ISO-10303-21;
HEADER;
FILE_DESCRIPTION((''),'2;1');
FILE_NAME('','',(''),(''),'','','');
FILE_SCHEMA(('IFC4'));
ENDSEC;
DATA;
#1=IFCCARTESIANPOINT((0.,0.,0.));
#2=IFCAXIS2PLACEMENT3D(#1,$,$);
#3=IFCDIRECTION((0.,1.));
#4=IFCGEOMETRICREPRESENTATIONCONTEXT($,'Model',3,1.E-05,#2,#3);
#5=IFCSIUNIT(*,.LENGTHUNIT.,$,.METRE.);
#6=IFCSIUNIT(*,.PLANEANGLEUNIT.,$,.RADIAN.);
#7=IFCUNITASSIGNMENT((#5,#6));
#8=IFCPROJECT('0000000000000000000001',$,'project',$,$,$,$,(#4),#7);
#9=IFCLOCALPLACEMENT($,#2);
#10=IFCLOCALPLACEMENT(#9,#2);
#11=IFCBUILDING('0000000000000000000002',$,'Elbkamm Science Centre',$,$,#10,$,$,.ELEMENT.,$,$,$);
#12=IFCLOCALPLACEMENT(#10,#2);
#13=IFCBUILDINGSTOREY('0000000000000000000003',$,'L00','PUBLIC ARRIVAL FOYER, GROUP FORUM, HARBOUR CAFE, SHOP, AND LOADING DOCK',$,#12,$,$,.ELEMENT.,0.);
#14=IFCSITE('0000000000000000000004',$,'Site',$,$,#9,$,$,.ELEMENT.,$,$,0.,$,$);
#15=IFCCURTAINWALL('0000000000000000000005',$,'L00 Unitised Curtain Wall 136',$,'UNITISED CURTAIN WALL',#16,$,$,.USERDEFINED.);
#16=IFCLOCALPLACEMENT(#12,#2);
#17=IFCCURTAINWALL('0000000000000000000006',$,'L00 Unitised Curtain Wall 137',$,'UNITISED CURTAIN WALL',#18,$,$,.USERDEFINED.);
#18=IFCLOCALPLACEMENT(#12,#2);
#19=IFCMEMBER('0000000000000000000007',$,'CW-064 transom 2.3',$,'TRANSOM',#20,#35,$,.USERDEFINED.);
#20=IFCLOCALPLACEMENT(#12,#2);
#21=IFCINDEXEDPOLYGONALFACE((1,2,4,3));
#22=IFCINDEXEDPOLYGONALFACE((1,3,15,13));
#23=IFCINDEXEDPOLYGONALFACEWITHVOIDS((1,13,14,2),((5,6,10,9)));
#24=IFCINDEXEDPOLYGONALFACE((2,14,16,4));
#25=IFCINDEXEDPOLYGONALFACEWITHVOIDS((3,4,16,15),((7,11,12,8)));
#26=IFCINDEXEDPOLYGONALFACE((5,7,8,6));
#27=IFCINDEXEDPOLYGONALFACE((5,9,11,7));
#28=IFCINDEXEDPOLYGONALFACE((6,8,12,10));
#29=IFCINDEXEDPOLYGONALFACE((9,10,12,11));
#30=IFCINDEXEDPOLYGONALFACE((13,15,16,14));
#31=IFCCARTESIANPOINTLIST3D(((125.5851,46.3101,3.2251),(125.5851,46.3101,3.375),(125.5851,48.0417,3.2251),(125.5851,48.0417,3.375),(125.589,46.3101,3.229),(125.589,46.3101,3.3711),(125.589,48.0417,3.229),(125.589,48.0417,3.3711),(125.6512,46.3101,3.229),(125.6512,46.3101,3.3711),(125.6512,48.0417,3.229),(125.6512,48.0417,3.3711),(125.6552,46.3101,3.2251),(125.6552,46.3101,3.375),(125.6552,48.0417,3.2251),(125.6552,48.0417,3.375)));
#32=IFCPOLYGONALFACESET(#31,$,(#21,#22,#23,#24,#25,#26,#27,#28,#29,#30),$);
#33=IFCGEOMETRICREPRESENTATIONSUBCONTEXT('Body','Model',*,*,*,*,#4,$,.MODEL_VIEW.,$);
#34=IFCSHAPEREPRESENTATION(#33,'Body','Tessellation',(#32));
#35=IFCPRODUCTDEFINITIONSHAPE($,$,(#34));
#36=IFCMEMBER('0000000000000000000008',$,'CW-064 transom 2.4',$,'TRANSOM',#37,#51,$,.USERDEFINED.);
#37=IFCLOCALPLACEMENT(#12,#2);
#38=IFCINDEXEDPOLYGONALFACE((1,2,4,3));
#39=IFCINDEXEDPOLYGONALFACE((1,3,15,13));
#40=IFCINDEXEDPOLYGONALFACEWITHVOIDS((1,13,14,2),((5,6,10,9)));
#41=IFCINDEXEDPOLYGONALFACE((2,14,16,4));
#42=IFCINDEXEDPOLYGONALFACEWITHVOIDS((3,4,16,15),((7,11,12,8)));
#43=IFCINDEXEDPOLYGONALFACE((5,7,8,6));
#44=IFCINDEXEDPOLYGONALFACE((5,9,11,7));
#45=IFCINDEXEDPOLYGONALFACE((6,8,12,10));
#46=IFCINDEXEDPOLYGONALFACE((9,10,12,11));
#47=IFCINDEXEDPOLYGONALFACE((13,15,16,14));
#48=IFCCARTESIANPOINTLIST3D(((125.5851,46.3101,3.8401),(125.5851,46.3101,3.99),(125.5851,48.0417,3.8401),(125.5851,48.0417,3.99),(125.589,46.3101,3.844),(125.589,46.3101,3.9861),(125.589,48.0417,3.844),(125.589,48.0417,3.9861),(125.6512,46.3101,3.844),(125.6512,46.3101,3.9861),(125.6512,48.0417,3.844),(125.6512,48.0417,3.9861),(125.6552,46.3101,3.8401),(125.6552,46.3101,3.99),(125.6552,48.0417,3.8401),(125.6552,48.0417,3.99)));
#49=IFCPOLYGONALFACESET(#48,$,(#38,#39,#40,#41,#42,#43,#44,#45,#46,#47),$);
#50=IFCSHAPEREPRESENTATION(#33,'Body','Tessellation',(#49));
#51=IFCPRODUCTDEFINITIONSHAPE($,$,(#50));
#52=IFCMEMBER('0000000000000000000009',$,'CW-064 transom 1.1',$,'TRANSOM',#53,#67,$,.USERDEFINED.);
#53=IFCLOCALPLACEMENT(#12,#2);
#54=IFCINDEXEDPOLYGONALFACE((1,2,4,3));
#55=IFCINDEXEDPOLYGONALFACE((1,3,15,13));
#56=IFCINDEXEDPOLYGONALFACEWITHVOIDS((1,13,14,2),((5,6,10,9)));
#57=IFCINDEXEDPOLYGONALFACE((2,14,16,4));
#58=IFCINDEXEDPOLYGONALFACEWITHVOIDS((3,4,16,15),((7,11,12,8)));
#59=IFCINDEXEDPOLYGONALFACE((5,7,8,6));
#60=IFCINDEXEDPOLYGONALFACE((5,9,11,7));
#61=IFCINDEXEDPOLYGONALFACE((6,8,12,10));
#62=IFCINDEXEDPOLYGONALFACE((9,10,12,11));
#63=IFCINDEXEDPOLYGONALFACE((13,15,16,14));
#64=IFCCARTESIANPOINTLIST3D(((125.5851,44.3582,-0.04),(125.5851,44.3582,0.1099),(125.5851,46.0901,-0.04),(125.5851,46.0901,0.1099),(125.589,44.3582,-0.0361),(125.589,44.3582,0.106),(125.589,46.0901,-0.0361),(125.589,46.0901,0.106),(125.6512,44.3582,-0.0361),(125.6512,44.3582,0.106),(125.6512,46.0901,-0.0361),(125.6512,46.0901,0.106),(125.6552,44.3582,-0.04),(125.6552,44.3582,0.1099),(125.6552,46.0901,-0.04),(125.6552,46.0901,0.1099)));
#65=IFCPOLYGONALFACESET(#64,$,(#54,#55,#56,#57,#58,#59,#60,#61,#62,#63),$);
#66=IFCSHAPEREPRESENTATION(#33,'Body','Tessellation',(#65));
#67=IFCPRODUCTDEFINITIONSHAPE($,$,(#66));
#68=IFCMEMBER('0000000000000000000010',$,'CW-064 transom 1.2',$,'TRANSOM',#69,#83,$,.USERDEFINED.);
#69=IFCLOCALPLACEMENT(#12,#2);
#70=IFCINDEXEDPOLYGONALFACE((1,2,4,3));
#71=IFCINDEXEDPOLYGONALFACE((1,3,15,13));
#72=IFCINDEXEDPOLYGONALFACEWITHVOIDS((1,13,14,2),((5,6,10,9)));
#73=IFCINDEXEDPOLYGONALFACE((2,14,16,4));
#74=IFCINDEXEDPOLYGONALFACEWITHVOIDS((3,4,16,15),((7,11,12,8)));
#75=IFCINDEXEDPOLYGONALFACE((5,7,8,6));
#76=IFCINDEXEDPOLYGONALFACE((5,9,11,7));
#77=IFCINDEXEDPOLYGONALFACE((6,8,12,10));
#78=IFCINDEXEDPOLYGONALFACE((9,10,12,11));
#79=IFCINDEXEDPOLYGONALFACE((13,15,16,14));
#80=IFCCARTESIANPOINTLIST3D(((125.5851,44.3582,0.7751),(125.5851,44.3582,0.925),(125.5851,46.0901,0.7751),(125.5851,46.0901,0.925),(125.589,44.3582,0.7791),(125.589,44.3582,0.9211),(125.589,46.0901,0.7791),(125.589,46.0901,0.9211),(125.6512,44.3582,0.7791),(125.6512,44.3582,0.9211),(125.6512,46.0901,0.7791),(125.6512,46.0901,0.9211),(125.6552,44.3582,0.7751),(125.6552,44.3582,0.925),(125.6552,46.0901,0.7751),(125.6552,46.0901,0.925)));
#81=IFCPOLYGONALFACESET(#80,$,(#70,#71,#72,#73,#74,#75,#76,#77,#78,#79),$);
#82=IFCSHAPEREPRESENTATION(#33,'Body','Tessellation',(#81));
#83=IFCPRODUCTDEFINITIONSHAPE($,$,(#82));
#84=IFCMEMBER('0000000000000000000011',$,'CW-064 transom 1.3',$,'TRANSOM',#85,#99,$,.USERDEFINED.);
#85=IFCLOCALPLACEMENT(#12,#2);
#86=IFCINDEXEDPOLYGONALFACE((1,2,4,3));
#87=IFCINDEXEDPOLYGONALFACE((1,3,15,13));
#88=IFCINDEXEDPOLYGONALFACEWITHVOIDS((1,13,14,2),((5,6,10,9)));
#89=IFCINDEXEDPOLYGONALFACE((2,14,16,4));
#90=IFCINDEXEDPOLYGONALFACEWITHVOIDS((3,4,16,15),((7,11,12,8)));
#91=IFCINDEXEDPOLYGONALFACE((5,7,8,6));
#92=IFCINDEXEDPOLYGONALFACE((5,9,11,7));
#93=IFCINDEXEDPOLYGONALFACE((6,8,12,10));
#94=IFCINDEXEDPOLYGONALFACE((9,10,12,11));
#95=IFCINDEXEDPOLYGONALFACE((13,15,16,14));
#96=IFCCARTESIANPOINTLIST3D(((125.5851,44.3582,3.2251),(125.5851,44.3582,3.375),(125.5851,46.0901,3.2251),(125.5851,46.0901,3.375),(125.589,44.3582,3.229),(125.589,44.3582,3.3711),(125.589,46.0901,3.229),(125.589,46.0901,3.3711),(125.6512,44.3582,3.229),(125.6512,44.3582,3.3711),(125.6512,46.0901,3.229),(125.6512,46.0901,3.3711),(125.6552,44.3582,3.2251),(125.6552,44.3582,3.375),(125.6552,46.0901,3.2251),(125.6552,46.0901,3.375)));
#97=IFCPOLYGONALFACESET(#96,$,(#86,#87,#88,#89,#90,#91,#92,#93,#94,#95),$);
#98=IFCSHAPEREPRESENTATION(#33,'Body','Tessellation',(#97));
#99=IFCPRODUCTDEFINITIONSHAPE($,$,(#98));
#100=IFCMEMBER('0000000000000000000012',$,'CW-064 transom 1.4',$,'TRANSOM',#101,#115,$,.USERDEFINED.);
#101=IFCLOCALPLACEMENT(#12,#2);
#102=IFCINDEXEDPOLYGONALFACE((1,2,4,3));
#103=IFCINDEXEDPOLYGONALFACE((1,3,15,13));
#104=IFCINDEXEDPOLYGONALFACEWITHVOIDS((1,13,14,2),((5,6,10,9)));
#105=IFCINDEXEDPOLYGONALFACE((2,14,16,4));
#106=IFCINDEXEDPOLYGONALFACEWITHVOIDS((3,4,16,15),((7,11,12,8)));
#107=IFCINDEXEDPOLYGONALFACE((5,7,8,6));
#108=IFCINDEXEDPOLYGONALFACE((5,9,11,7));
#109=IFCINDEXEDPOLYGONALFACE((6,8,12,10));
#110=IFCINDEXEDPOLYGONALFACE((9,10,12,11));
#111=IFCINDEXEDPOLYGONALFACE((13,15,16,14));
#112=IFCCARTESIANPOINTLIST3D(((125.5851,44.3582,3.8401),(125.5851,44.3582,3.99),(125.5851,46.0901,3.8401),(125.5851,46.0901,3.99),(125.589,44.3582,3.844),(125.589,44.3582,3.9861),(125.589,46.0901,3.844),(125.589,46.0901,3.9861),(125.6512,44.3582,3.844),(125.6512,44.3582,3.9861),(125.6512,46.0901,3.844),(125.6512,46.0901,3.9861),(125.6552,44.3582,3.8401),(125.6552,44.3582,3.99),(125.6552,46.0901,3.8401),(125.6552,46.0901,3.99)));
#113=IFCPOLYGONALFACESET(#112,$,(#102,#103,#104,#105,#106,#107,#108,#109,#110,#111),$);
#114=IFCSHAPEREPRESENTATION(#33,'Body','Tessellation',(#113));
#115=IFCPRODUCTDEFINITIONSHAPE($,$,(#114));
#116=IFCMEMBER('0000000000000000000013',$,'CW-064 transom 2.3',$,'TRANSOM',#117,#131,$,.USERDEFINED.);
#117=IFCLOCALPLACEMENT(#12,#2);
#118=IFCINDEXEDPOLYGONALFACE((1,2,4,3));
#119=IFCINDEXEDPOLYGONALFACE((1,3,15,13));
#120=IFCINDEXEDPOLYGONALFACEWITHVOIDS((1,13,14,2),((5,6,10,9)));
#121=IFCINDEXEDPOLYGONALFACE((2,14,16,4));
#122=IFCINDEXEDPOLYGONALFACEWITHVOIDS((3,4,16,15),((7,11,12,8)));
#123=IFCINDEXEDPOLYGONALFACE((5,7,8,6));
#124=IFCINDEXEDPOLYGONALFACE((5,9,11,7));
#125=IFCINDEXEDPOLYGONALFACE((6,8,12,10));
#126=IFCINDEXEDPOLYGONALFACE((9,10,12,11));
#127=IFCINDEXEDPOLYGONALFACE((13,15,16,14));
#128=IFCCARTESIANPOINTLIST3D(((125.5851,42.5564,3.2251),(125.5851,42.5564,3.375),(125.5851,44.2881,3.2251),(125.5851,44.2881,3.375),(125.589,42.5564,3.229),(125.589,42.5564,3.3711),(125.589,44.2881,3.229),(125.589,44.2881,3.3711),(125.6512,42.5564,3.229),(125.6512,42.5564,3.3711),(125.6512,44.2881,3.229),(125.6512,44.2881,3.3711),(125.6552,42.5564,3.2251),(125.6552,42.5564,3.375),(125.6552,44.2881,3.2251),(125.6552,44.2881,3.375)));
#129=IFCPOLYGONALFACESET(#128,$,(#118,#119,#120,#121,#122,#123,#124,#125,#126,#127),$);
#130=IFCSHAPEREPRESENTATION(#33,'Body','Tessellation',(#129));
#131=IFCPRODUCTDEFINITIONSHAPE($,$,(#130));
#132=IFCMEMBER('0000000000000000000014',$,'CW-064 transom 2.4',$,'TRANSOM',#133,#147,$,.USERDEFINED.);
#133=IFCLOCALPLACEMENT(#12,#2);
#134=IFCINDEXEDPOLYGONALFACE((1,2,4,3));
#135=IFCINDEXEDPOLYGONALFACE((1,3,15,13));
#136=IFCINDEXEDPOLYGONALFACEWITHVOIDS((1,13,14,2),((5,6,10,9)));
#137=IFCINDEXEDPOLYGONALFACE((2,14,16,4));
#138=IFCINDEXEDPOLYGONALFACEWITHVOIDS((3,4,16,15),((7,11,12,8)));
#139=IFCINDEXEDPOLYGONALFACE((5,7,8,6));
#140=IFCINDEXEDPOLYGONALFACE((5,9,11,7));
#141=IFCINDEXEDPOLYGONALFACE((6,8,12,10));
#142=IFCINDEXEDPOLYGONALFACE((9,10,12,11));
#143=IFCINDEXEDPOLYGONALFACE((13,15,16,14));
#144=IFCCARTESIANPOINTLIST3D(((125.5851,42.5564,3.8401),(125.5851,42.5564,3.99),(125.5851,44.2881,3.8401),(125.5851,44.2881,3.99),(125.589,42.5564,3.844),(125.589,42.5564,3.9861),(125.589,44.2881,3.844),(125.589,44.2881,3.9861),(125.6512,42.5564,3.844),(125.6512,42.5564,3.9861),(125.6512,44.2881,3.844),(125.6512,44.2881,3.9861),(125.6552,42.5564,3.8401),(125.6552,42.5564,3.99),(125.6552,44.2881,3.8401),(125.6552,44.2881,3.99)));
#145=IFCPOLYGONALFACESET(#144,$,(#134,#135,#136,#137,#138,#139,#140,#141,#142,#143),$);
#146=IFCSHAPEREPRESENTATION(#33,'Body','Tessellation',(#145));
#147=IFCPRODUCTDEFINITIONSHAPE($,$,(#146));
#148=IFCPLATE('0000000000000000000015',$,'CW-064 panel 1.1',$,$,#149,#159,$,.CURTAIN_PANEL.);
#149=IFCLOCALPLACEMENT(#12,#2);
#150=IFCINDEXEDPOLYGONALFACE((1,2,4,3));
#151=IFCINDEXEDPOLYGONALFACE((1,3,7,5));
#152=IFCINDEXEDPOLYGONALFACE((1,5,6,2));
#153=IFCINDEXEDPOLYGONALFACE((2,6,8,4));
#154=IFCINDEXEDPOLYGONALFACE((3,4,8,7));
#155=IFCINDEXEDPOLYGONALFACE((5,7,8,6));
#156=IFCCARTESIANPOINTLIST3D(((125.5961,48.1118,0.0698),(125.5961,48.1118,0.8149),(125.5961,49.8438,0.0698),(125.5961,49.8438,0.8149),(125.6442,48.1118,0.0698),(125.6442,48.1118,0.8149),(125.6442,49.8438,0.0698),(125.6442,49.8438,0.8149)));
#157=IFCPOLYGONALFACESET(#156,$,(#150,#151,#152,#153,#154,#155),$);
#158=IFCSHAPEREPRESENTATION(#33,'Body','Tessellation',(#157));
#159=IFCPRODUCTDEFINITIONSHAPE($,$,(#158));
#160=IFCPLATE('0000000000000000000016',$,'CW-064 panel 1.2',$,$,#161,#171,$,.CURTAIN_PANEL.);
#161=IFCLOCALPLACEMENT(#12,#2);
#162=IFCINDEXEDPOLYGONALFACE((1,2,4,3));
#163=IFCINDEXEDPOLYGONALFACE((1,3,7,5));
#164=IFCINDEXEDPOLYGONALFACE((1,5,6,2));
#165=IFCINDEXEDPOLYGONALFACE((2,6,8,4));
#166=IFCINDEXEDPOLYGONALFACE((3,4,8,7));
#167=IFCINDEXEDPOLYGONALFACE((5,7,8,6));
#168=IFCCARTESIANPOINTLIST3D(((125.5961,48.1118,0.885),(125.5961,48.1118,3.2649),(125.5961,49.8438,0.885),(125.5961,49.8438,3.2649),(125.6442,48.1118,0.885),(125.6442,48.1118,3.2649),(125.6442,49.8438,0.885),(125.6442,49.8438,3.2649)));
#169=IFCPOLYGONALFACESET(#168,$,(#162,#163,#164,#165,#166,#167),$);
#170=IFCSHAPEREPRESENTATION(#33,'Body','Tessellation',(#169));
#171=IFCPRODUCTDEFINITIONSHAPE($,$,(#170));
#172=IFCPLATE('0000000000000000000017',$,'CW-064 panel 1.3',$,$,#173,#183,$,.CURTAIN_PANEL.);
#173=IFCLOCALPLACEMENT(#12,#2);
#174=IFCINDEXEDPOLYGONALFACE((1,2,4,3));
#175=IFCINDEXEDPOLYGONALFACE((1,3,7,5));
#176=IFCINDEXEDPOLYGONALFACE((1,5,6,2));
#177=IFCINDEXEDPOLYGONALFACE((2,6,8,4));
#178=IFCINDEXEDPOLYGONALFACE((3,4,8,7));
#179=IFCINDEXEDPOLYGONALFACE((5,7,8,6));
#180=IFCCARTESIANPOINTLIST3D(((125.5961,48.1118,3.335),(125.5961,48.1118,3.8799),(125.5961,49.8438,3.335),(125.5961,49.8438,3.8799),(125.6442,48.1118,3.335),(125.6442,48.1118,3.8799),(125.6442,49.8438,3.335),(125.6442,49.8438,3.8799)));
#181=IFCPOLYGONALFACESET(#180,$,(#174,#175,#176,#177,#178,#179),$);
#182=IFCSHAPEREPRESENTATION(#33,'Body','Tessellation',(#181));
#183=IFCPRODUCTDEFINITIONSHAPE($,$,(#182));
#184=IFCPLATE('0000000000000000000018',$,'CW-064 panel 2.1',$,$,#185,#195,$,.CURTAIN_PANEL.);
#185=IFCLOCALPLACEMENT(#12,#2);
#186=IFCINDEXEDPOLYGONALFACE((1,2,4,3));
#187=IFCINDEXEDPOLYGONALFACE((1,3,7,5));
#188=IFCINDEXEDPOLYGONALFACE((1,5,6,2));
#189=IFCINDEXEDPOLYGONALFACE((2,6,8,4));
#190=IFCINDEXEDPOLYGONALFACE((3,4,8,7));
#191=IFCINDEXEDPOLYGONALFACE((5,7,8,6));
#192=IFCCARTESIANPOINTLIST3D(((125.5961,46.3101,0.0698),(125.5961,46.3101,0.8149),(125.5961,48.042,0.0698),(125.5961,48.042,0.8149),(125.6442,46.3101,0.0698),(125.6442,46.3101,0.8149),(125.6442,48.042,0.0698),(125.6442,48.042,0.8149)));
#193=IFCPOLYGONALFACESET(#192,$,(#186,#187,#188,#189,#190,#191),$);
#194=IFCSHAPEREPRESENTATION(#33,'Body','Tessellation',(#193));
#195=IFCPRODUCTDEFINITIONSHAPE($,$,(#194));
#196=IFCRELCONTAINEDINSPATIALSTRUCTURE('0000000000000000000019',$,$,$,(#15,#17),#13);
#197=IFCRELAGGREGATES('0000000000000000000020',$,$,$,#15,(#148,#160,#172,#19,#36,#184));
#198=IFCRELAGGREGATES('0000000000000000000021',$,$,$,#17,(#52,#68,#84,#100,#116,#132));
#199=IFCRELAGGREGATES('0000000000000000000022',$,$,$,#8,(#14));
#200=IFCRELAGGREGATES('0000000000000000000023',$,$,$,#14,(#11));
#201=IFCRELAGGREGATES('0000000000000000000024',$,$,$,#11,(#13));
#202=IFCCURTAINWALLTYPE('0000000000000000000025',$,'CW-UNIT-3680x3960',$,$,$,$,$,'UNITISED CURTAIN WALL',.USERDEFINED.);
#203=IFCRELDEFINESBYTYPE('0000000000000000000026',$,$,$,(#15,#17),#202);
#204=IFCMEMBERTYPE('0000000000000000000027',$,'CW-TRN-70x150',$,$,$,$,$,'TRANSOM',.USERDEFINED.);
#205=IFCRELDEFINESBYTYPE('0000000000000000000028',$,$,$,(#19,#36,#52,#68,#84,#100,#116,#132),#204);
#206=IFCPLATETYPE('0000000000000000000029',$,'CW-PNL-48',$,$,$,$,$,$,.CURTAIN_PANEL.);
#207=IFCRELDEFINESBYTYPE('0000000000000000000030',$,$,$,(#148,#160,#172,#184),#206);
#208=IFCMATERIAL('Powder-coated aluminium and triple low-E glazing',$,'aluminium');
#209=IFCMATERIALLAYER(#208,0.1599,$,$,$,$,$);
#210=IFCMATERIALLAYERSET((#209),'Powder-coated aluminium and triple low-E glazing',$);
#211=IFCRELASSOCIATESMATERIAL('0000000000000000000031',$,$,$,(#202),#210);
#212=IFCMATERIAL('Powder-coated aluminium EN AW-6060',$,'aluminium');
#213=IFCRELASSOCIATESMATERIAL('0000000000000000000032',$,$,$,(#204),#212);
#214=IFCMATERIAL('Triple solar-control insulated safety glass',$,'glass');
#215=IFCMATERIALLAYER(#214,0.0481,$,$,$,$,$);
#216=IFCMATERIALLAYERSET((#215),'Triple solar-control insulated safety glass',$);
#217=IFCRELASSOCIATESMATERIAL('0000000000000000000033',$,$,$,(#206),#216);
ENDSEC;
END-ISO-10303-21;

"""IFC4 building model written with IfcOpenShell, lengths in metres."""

from ifc_helpers import new_model, si_unit, direction, frame, origin, origin_2d, place, context, subcontext, project, spatial, rectangle, hollow_rectangle, extrude, material, layer, layer_set, material_profile, profile_set, type_object, element, aggregate, save


model = new_model("IFC4")

# Units and contexts
model_context = context("Model", 3, precision=1e-05, world=origin(), true_north=direction((0.0, 1.0)))
body_context = subcontext(model_context, "Body", "Model", "MODEL_VIEW")
ifc_project = project(units=[si_unit("LENGTHUNIT", "METRE"), si_unit("PLANEANGLEUNIT", "RADIAN")], contexts=[model_context])

# Site, building, storey
site_placement = place(None, origin())
site = spatial("IfcSite", under=ifc_project, at=site_placement, Name="Site", CompositionType="ELEMENT", RefElevation=0.0)
building_placement = place(site_placement, origin())
building = spatial("IfcBuilding", under=site, at=building_placement, Name="Elbkamm Science Centre", CompositionType="ELEMENT")
storey_placement = place(building_placement, origin())
storey = spatial("IfcBuildingStorey", under=building, at=storey_placement, Name="L00", Description="PUBLIC ARRIVAL FOYER, GROUP FORUM, HARBOUR CAFE, SHOP, AND LOADING DOCK", CompositionType="ELEMENT", Elevation=0.0)

# Curtain walls
ifc_material_1 = material(Name="Powder-coated aluminium and triple low-E glazing", Category="aluminium")
ifc_layer_1 = layer(ifc_material_1, 0.1599)
ifc_layer_set_1 = layer_set([ifc_layer_1], Name="Powder-coated aluminium and triple low-E glazing")
curtain_wall_type = type_object("IfcCurtainWallType", Name="CW-UNIT-3680x3960", ElementType="UNITISED CURTAIN WALL", PredefinedType="USERDEFINED", material=ifc_layer_set_1)
curtain_wall_1_placement = place(storey_placement, origin())
curtain_wall_1 = element("IfcCurtainWall", 1, at=curtain_wall_1_placement, inside=storey, type_object=curtain_wall_type, Name="L00 Unitised Curtain Wall 136", ObjectType="UNITISED CURTAIN WALL", PredefinedType="USERDEFINED")
ifc_material_2 = material(Name="Powder-coated aluminium EN AW-6060", Category="aluminium")
curtain_wall_2_placement = place(storey_placement, origin())
curtain_wall_2 = element("IfcCurtainWall", 2, at=curtain_wall_2_placement, inside=storey, type_object=curtain_wall_type, Name="L00 Unitised Curtain Wall 137", ObjectType="UNITISED CURTAIN WALL", PredefinedType="USERDEFINED")

# Members
ifc_material_profile_1 = material_profile(ifc_material_2, hollow_rectangle(XDim=0.0701, YDim=0.1499, WallThickness=0.0039, at=origin_2d()), Name="ALU T70x150")
ifc_profile_set_1 = profile_set([ifc_material_profile_1], Name="Powder-coated aluminium EN AW-6060")
member_type_1 = type_object("IfcMemberType", Name="CW-TRN-70x150", ElementType="TRANSOM", PredefinedType="USERDEFINED", material=ifc_profile_set_1)
member_1_placement = place(storey_placement, frame((125.6201, 48.0417, 3.3), z_axis=(0.0, -1.0, 0.0), x_axis=(1.0, 0.0, 0.0)))
member_1 = element("IfcMember", 3, at=member_1_placement, type_object=member_type_1, Name="CW-064 transom 2.3", ObjectType="TRANSOM", PredefinedType="USERDEFINED", context=body_context, shape_type="SweptSolid", body=[
    extrude(hollow_rectangle(XDim=0.0701, YDim=0.1499, WallThickness=0.0039, at=origin_2d()), origin(), (0.0, 0.0, 1.0), 1.7317),
])
member_2_placement = place(storey_placement, frame((125.6201, 48.0417, 3.915), z_axis=(0.0, -1.0, 0.0), x_axis=(1.0, 0.0, 0.0)))
member_2 = element("IfcMember", 4, at=member_2_placement, type_object=member_type_1, Name="CW-064 transom 2.4", ObjectType="TRANSOM", PredefinedType="USERDEFINED", context=body_context, shape_type="SweptSolid", body=[
    extrude(hollow_rectangle(XDim=0.0701, YDim=0.1499, WallThickness=0.0039, at=origin_2d()), origin(), (0.0, 0.0, 1.0), 1.7317),
])
member_3_placement = place(storey_placement, frame((125.6201, 46.0901, 0.0349), z_axis=(0.0, -1.0, 0.0), x_axis=(1.0, 0.0, 0.0)))
member_3 = element("IfcMember", 5, at=member_3_placement, type_object=member_type_1, Name="CW-064 transom 1.1", ObjectType="TRANSOM", PredefinedType="USERDEFINED", context=body_context, shape_type="SweptSolid", body=[
    extrude(hollow_rectangle(XDim=0.0701, YDim=0.1499, WallThickness=0.0039, at=origin_2d()), origin(), (0.0, 0.0, 1.0), 1.7319),
])
member_4_placement = place(storey_placement, frame((125.6201, 46.0901, 0.8501), z_axis=(0.0, -1.0, 0.0), x_axis=(1.0, 0.0, 0.0)))
member_4 = element("IfcMember", 6, at=member_4_placement, type_object=member_type_1, Name="CW-064 transom 1.2", ObjectType="TRANSOM", PredefinedType="USERDEFINED", context=body_context, shape_type="SweptSolid", body=[
    extrude(hollow_rectangle(XDim=0.0701, YDim=0.1499, WallThickness=0.0039, at=origin_2d()), origin(), (0.0, 0.0, 1.0), 1.7319),
])
member_5_placement = place(storey_placement, frame((125.6201, 46.0901, 3.3), z_axis=(0.0, -1.0, 0.0), x_axis=(1.0, 0.0, 0.0)))
member_5 = element("IfcMember", 7, at=member_5_placement, type_object=member_type_1, Name="CW-064 transom 1.3", ObjectType="TRANSOM", PredefinedType="USERDEFINED", context=body_context, shape_type="SweptSolid", body=[
    extrude(hollow_rectangle(XDim=0.0701, YDim=0.1499, WallThickness=0.0039, at=origin_2d()), origin(), (0.0, 0.0, 1.0), 1.7319),
])
member_6_placement = place(storey_placement, frame((125.6201, 46.0901, 3.915), z_axis=(0.0, -1.0, 0.0), x_axis=(1.0, 0.0, 0.0)))
member_6 = element("IfcMember", 8, at=member_6_placement, type_object=member_type_1, Name="CW-064 transom 1.4", ObjectType="TRANSOM", PredefinedType="USERDEFINED", context=body_context, shape_type="SweptSolid", body=[
    extrude(hollow_rectangle(XDim=0.0701, YDim=0.1499, WallThickness=0.0039, at=origin_2d()), origin(), (0.0, 0.0, 1.0), 1.7319),
])
member_7_placement = place(storey_placement, frame((125.6201, 44.2881, 3.3), z_axis=(0.0, -1.0, 0.0), x_axis=(1.0, 0.0, 0.0)))
member_7 = element("IfcMember", 9, at=member_7_placement, type_object=member_type_1, Name="CW-064 transom 2.3", ObjectType="TRANSOM", PredefinedType="USERDEFINED", context=body_context, shape_type="SweptSolid", body=[
    extrude(hollow_rectangle(XDim=0.0701, YDim=0.1499, WallThickness=0.0039, at=origin_2d()), origin(), (0.0, 0.0, 1.0), 1.7317),
])
member_8_placement = place(storey_placement, frame((125.6201, 44.2881, 3.915), z_axis=(0.0, -1.0, 0.0), x_axis=(1.0, 0.0, 0.0)))
member_8 = element("IfcMember", 10, at=member_8_placement, type_object=member_type_1, Name="CW-064 transom 2.4", ObjectType="TRANSOM", PredefinedType="USERDEFINED", context=body_context, shape_type="SweptSolid", body=[
    extrude(hollow_rectangle(XDim=0.0701, YDim=0.1499, WallThickness=0.0039, at=origin_2d()), origin(), (0.0, 0.0, 1.0), 1.7317),
])

# Plates
ifc_material_3 = material(Name="Triple solar-control insulated safety glass", Category="glass")
ifc_layer_2 = layer(ifc_material_3, 0.0481)
ifc_layer_set_2 = layer_set([ifc_layer_2], Name="Triple solar-control insulated safety glass")
plate_type = type_object("IfcPlateType", Name="CW-PNL-48", PredefinedType="CURTAIN_PANEL", material=ifc_layer_set_2)
plate_1_placement = place(storey_placement, frame((125.6201, 48.9778, 0.0698), z_axis=(0.0, 0.0, 1.0), x_axis=(0.0, -1.0, 0.0)))
plate_1 = element("IfcPlate", 11, at=plate_1_placement, type_object=plate_type, Name="CW-064 panel 1.1", PredefinedType="CURTAIN_PANEL", context=body_context, shape_type="SweptSolid", body=[
    extrude(rectangle(XDim=1.7319, YDim=0.0481, at=origin_2d()), origin(), (0.0, 0.0, 1.0), 0.7451),
])
plate_2_placement = place(storey_placement, frame((125.6201, 48.9778, 0.885), z_axis=(0.0, 0.0, 1.0), x_axis=(0.0, -1.0, 0.0)))
plate_2 = element("IfcPlate", 12, at=plate_2_placement, type_object=plate_type, Name="CW-064 panel 1.2", PredefinedType="CURTAIN_PANEL", context=body_context, shape_type="SweptSolid", body=[
    extrude(rectangle(XDim=1.7319, YDim=0.0481, at=origin_2d()), origin(), (0.0, 0.0, 1.0), 2.3799),
])
plate_3_placement = place(storey_placement, frame((125.6201, 48.9778, 3.335), z_axis=(0.0, 0.0, 1.0), x_axis=(0.0, -1.0, 0.0)))
plate_3 = element("IfcPlate", 13, at=plate_3_placement, type_object=plate_type, Name="CW-064 panel 1.3", PredefinedType="CURTAIN_PANEL", context=body_context, shape_type="SweptSolid", body=[
    extrude(rectangle(XDim=1.7319, YDim=0.0481, at=origin_2d()), origin(), (0.0, 0.0, 1.0), 0.5449),
])
plate_4_placement = place(storey_placement, frame((125.6201, 47.176, 0.0698), z_axis=(0.0, 0.0, 1.0), x_axis=(0.0, -1.0, 0.0)))
plate_4 = element("IfcPlate", 14, at=plate_4_placement, type_object=plate_type, Name="CW-064 panel 2.1", PredefinedType="CURTAIN_PANEL", context=body_context, shape_type="SweptSolid", body=[
    extrude(rectangle(XDim=1.7319, YDim=0.0481, at=origin_2d()), origin(), (0.0, 0.0, 1.0), 0.7451),
])
aggregate(curtain_wall_1, [plate_1, plate_2, plate_3, member_1, member_2, plate_4])
aggregate(curtain_wall_2, [member_3, member_4, member_5, member_6, member_7, member_8])

save(model, "model.ifc")
